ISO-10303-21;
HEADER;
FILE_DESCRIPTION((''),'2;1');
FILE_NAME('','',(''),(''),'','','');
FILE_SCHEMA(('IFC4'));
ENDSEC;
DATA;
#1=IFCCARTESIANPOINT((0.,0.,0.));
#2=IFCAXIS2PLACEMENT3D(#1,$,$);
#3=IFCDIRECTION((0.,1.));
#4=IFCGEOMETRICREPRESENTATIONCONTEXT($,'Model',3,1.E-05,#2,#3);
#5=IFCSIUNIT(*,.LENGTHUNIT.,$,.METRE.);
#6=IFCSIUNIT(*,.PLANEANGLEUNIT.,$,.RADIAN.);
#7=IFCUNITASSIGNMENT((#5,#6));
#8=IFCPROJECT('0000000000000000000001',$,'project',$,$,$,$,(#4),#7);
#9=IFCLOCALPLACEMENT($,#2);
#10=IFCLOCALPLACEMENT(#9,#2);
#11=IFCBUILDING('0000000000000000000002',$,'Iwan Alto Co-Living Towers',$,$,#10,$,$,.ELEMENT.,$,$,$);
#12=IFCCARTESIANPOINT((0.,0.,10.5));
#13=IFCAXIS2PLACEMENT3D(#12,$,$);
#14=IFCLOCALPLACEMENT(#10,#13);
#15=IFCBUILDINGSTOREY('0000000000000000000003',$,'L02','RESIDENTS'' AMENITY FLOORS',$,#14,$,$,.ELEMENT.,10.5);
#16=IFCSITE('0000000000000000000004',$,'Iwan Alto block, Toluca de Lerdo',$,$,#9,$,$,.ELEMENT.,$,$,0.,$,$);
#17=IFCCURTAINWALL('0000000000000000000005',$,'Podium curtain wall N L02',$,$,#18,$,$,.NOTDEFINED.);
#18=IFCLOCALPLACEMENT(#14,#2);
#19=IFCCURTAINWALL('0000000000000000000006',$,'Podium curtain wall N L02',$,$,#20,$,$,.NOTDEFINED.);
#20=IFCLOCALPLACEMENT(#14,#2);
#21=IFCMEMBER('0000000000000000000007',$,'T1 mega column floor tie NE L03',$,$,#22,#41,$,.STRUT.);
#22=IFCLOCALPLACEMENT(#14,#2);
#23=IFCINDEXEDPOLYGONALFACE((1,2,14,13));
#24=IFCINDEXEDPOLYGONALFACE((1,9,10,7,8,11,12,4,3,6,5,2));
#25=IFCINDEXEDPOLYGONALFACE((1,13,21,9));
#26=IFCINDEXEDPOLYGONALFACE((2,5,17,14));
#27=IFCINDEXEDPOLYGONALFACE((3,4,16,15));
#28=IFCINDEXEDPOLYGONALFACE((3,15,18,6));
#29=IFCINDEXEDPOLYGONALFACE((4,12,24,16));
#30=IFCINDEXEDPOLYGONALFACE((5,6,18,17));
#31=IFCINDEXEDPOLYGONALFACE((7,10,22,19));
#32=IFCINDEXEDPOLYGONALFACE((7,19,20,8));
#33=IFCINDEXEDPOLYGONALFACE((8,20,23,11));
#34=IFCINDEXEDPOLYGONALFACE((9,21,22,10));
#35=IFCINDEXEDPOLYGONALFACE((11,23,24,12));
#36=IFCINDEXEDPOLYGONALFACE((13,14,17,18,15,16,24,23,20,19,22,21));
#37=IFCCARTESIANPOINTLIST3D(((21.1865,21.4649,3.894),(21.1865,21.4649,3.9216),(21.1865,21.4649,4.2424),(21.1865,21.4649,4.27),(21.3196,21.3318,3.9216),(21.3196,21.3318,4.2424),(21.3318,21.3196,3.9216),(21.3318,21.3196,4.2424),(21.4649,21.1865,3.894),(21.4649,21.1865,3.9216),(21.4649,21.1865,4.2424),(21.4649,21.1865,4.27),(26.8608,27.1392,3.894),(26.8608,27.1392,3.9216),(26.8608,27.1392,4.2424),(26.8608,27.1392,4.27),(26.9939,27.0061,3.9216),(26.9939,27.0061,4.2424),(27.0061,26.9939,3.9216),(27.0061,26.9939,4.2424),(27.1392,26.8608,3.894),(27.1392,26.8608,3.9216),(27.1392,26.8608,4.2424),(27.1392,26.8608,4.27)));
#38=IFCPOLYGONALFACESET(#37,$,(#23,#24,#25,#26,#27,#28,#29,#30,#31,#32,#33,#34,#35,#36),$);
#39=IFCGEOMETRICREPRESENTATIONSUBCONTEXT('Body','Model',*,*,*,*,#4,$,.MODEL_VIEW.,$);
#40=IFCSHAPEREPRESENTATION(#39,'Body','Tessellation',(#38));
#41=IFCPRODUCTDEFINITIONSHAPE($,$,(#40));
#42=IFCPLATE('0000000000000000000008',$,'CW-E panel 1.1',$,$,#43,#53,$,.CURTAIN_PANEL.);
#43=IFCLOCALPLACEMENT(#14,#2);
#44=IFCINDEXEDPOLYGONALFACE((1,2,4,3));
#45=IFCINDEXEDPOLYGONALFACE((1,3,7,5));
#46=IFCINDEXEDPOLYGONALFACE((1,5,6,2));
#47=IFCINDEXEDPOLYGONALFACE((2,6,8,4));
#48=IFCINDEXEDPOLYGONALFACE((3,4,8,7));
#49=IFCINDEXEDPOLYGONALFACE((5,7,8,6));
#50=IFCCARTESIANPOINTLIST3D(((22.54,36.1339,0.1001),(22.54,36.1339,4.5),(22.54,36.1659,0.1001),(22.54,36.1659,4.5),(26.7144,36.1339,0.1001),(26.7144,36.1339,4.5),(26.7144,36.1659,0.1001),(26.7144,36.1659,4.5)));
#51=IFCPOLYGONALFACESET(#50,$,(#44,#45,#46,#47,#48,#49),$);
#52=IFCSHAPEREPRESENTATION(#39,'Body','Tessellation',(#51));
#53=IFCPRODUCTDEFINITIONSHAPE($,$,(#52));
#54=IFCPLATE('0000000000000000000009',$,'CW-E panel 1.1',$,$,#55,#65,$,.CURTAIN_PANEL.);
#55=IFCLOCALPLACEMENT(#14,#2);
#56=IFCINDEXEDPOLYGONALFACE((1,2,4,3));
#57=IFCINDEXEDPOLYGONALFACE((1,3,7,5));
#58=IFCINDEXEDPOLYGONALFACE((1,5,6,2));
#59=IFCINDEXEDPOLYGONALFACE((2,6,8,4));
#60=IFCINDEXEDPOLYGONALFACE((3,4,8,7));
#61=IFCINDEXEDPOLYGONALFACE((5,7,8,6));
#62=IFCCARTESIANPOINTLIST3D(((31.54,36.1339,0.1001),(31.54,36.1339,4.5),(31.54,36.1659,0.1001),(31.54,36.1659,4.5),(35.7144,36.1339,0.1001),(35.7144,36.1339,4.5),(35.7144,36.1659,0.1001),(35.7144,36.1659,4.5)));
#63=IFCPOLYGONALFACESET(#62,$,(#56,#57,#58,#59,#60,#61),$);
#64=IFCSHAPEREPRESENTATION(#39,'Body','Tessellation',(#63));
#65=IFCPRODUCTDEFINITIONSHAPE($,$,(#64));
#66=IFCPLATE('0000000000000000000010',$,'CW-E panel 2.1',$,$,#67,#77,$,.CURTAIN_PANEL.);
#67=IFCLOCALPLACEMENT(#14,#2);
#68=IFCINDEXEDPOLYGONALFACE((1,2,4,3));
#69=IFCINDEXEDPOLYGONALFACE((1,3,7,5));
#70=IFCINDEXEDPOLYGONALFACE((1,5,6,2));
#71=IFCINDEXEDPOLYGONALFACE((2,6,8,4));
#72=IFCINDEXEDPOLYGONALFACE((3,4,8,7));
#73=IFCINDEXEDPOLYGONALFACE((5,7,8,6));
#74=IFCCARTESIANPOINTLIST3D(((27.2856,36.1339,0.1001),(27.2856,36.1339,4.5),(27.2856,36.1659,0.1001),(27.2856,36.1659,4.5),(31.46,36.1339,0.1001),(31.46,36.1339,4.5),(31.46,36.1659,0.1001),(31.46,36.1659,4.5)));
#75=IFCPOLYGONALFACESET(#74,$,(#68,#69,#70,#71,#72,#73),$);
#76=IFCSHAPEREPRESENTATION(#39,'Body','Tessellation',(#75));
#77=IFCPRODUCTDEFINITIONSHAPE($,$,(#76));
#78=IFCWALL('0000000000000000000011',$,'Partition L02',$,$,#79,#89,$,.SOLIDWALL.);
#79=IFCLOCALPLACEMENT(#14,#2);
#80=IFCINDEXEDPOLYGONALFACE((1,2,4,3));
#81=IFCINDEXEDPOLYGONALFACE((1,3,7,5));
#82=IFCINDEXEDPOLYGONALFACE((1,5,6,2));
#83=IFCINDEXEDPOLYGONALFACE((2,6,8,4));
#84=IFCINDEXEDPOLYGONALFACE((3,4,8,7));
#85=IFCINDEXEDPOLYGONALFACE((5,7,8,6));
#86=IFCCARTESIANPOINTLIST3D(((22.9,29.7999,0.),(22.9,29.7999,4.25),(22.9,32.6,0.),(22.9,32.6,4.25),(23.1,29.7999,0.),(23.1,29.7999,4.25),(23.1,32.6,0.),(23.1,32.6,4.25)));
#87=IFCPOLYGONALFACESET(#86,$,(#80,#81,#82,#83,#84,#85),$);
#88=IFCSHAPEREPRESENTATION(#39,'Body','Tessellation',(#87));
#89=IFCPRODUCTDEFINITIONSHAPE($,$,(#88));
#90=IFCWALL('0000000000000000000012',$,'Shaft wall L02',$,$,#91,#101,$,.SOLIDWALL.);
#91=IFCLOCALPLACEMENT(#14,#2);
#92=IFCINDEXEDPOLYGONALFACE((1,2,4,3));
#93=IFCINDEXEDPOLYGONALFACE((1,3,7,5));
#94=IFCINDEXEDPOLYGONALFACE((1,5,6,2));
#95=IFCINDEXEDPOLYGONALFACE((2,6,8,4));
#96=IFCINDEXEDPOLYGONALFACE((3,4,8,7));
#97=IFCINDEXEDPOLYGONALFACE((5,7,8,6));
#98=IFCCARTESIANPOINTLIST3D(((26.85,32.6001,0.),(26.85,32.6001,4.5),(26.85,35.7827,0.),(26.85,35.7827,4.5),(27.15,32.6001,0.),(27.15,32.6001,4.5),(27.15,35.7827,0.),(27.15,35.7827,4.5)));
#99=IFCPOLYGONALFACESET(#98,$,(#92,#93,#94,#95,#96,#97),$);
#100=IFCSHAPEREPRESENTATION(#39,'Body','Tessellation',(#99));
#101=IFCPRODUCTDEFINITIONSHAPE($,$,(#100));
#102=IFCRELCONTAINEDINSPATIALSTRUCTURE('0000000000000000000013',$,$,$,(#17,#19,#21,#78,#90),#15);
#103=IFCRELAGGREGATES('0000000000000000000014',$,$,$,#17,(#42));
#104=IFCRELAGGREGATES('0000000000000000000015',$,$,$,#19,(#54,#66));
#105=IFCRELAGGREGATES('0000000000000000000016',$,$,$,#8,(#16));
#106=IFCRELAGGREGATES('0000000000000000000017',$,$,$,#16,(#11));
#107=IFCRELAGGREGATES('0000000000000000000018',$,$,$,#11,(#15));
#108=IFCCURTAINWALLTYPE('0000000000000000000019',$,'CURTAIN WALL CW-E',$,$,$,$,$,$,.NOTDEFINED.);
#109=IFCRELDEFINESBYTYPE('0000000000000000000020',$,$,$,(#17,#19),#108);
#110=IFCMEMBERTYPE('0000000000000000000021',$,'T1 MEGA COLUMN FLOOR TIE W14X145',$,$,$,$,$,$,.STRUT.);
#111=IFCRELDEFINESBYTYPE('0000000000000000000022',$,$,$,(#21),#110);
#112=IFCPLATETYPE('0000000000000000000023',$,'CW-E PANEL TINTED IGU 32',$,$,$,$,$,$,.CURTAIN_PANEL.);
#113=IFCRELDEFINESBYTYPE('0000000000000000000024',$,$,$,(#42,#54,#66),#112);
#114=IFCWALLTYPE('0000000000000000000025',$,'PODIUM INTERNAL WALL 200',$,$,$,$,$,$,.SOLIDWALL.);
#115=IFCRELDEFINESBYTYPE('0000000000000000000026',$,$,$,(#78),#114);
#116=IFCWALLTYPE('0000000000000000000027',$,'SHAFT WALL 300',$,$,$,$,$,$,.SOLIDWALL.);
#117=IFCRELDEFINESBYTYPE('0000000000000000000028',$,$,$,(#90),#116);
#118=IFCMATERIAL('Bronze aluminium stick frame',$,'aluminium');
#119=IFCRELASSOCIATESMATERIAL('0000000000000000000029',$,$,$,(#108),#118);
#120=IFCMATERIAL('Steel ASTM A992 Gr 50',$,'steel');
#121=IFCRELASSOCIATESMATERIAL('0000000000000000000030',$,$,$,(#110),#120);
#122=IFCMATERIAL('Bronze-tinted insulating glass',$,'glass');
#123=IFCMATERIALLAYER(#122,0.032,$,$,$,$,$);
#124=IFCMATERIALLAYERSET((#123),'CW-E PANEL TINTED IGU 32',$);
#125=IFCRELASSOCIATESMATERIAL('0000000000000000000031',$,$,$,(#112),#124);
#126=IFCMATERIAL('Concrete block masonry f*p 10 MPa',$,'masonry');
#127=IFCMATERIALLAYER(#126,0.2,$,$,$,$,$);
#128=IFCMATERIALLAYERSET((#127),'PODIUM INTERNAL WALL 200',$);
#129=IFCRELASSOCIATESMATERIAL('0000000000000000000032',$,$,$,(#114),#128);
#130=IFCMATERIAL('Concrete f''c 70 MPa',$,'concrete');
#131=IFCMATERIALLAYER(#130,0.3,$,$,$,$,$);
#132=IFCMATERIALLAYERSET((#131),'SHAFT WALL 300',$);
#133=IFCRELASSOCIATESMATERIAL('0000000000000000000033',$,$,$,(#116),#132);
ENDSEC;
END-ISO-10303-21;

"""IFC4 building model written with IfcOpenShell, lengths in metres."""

from ifc_helpers import new_model, si_unit, direction, frame, frame_2d, origin, origin_2d, place, context, subcontext, project, spatial, rectangle, i_section, extrude, material, layer, layer_set, material_profile, profile_set, type_object, element, aggregate, save


model = new_model("IFC4")

# Units and contexts
model_context = context("Model", 3, precision=1e-05, world=origin(), true_north=direction((0.0, 1.0)))
body_context = subcontext(model_context, "Body", "Model", "MODEL_VIEW")
ifc_project = project(units=[si_unit("LENGTHUNIT", "METRE"), si_unit("PLANEANGLEUNIT", "RADIAN")], contexts=[model_context])

# Site, building, storey
site_placement = place(None, origin())
site = spatial("IfcSite", under=ifc_project, at=site_placement, Name="Iwan Alto block, Toluca de Lerdo", CompositionType="ELEMENT", RefElevation=0.0)
building_placement = place(site_placement, origin())
building = spatial("IfcBuilding", under=site, at=building_placement, Name="Iwan Alto Co-Living Towers", CompositionType="ELEMENT")
storey_placement = place(building_placement, frame((0.0, 0.0, 10.5)))
storey = spatial("IfcBuildingStorey", under=building, at=storey_placement, Name="L02", Description="RESIDENTS' AMENITY FLOORS", CompositionType="ELEMENT", Elevation=10.5)

# Curtain wall
ifc_material_1 = material(Name="Bronze aluminium stick frame", Category="aluminium")
curtain_wall_type = type_object("IfcCurtainWallType", Name="CURTAIN WALL CW-E", PredefinedType="NOTDEFINED", material=ifc_material_1)
curtain_wall_1_placement = place(storey_placement, origin())
curtain_wall_1 = element("IfcCurtainWall", 1, at=curtain_wall_1_placement, inside=storey, type_object=curtain_wall_type, Name="Podium curtain wall N L02", PredefinedType="NOTDEFINED")

# Curtain wall
curtain_wall_2_placement = place(storey_placement, origin())
curtain_wall_2 = element("IfcCurtainWall", 2, at=curtain_wall_2_placement, inside=storey, type_object=curtain_wall_type, Name="Podium curtain wall N L02", PredefinedType="NOTDEFINED")

# Member
ifc_material_2 = material(Name="Steel ASTM A992 Gr 50", Category="steel")
ifc_material_profile_1 = material_profile(ifc_material_2, i_section(OverallWidth=0.3938, OverallDepth=0.376, WebThickness=0.0173, FlangeThickness=0.0276, at=origin_2d()), Name="W14X145")
ifc_profile_set_1 = profile_set([ifc_material_profile_1], Name="Steel ASTM A992 Gr 50")
member_type_1 = type_object("IfcMemberType", Name="T1 MEGA COLUMN FLOOR TIE W14X145", PredefinedType="STRUT", material=ifc_profile_set_1)
member_1_placement = place(storey_placement, frame((27.0, 27.0, 4.082), z_axis=(-0.707107, -0.707107, 0.0), x_axis=(0.707107, -0.707107, 0.0)))
element("IfcMember", 3, at=member_1_placement, inside=storey, type_object=member_type_1, Name="T1 mega column floor tie NE L03", PredefinedType="STRUT", context=body_context, shape_type="SweptSolid", body=[
    extrude(i_section(OverallWidth=0.3938, OverallDepth=0.376, WebThickness=0.0173, FlangeThickness=0.0276, at=origin_2d()), origin(), (0.0, 0.0, 1.0), 8.0247),
])

# Plates
ifc_material_3 = material(Name="Bronze-tinted insulating glass", Category="glass")
ifc_layer_1 = layer(ifc_material_3, 0.032)
ifc_layer_set_1 = layer_set([ifc_layer_1], Name="CW-E PANEL TINTED IGU 32")
plate_type = type_object("IfcPlateType", Name="CW-E PANEL TINTED IGU 32", PredefinedType="CURTAIN_PANEL", material=ifc_layer_set_1)
plate_1_placement = place(storey_placement, frame((24.6272, 36.1499, 0.1001), z_axis=(0.0, 0.0, 1.0), x_axis=(-1.0, 0.0, 0.0)))
plate_1 = element("IfcPlate", 4, at=plate_1_placement, type_object=plate_type, Name="CW-E panel 1.1", PredefinedType="CURTAIN_PANEL", context=body_context, shape_type="SweptSolid", body=[
    extrude(rectangle(XDim=4.1743, YDim=0.032, at=origin_2d()), origin(), (0.0, 0.0, 1.0), 4.3999),
])
aggregate(curtain_wall_1, [plate_1])
plate_2_placement = place(storey_placement, frame((33.6272, 36.1499, 0.1001), z_axis=(0.0, 0.0, 1.0), x_axis=(-1.0, 0.0, 0.0)))
plate_2 = element("IfcPlate", 5, at=plate_2_placement, type_object=plate_type, Name="CW-E panel 1.1", PredefinedType="CURTAIN_PANEL", context=body_context, shape_type="SweptSolid", body=[
    extrude(rectangle(XDim=4.1743, YDim=0.032, at=origin_2d()), origin(), (0.0, 0.0, 1.0), 4.3999),
])
plate_3_placement = place(storey_placement, frame((29.3728, 36.1499, 0.1001), z_axis=(0.0, 0.0, 1.0), x_axis=(-1.0, 0.0, 0.0)))
plate_3 = element("IfcPlate", 6, at=plate_3_placement, type_object=plate_type, Name="CW-E panel 2.1", PredefinedType="CURTAIN_PANEL", context=body_context, shape_type="SweptSolid", body=[
    extrude(rectangle(XDim=4.1743, YDim=0.032, at=origin_2d()), origin(), (0.0, 0.0, 1.0), 4.3999),
])
aggregate(curtain_wall_2, [plate_2, plate_3])

# Walls
ifc_material_4 = material(Name="Concrete block masonry f*p 10 MPa", Category="masonry")
ifc_layer_2 = layer(ifc_material_4, 0.2)
ifc_layer_set_2 = layer_set([ifc_layer_2], Name="PODIUM INTERNAL WALL 200")
wall_type_1 = type_object("IfcWallType", Name="PODIUM INTERNAL WALL 200", PredefinedType="SOLIDWALL", material=ifc_layer_set_2)
wall_1_placement = place(storey_placement, frame((23.0, 29.8, 0.0), z_axis=(0.0, 0.0, 1.0), x_axis=(0.0, 1.0, 0.0)))
element("IfcWall", 7, at=wall_1_placement, inside=storey, type_object=wall_type_1, Name="Partition L02", PredefinedType="SOLIDWALL", context=body_context, shape_type="SweptSolid", body=[
    extrude(rectangle(XDim=2.8, YDim=0.2, at=frame_2d((1.3999, 0.0))), origin(), (0.0, 0.0, 1.0), 4.25),
])
ifc_material_5 = material(Name="Concrete f'c 70 MPa", Category="concrete")
ifc_layer_3 = layer(ifc_material_5, 0.3)
ifc_layer_set_3 = layer_set([ifc_layer_3], Name="SHAFT WALL 300")
wall_type_2 = type_object("IfcWallType", Name="SHAFT WALL 300", PredefinedType="SOLIDWALL", material=ifc_layer_set_3)
wall_2_placement = place(storey_placement, frame((27.0, 32.6001, 0.0), z_axis=(0.0, 0.0, 1.0), x_axis=(0.0, 1.0, 0.0)))
element("IfcWall", 8, at=wall_2_placement, inside=storey, type_object=wall_type_2, Name="Shaft wall L02", PredefinedType="SOLIDWALL", context=body_context, shape_type="SweptSolid", body=[
    extrude(rectangle(XDim=3.1826, YDim=0.3, at=frame_2d((1.5913, 0.0))), origin(), (0.0, 0.0, 1.0), 4.5),
])

save(model, "model.ifc")
